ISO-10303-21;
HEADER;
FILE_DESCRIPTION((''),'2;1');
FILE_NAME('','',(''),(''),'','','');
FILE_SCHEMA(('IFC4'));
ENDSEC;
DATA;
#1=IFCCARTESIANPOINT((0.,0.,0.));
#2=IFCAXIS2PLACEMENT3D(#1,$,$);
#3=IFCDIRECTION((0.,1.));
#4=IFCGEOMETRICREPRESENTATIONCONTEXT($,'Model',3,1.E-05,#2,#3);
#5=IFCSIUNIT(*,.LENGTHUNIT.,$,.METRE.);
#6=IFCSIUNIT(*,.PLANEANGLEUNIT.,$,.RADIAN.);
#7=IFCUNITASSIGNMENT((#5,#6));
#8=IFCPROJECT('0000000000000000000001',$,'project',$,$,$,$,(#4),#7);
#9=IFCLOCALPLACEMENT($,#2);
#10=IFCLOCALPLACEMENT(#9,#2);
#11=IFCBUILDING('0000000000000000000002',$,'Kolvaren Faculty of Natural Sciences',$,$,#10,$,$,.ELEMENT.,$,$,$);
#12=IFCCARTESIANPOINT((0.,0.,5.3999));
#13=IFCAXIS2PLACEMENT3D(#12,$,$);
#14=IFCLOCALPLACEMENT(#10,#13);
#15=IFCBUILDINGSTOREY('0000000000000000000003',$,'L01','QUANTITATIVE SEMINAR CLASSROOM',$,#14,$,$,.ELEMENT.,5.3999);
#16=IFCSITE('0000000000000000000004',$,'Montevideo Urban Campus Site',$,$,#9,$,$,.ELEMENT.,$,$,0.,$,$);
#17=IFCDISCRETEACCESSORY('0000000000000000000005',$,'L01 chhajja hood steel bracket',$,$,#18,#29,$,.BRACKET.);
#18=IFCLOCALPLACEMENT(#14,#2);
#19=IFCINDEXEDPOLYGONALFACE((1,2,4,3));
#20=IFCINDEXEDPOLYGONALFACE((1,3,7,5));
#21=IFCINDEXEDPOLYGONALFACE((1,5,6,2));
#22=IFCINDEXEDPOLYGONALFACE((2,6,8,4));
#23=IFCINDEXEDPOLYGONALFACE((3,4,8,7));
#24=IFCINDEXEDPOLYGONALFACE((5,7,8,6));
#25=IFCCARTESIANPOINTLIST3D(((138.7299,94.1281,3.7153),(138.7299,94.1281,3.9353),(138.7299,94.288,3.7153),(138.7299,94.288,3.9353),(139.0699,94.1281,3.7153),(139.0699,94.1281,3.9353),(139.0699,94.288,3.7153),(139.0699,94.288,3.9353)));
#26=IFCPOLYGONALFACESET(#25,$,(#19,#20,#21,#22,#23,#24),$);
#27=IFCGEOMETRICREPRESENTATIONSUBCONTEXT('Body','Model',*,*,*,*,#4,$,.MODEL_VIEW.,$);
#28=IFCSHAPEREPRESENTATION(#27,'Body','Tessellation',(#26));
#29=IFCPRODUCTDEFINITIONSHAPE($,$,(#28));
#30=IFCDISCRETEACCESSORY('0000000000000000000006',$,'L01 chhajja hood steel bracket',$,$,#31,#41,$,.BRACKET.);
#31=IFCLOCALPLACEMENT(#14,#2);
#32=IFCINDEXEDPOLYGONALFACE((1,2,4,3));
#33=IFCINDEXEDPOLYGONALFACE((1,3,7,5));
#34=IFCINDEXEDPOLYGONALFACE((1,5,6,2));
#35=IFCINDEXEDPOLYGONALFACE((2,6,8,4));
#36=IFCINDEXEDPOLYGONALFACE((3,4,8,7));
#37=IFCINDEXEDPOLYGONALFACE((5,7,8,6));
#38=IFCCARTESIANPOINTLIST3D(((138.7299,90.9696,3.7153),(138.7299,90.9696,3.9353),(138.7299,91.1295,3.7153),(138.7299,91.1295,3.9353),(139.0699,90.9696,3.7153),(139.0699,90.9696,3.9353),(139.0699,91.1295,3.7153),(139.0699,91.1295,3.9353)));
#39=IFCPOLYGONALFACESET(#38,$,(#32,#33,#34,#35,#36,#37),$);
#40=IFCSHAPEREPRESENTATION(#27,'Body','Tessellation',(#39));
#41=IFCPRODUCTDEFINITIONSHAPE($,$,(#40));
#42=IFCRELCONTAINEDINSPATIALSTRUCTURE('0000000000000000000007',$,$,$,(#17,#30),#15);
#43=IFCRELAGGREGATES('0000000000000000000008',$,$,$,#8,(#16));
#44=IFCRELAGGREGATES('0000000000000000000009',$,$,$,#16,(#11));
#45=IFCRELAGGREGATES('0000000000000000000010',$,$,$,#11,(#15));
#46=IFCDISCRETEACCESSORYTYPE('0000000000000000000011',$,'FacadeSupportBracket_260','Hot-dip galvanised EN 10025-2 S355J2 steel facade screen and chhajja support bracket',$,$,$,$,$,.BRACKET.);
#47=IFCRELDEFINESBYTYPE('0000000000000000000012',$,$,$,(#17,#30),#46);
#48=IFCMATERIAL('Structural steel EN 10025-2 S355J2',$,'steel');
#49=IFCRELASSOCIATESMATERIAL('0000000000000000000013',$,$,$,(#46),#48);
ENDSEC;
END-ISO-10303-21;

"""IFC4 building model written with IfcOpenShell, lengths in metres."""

from ifc_helpers import new_model, si_unit, direction, frame, origin, origin_2d, place, context, subcontext, project, spatial, rectangle, extrude, material, type_object, element, save


model = new_model("IFC4")

# Units and contexts
model_context = context("Model", 3, precision=1e-05, world=origin(), true_north=direction((0.0, 1.0)))
body_context = subcontext(model_context, "Body", "Model", "MODEL_VIEW")
ifc_project = project(units=[si_unit("LENGTHUNIT", "METRE"), si_unit("PLANEANGLEUNIT", "RADIAN")], contexts=[model_context])

# Site, building, storey
site_placement = place(None, origin())
site = spatial("IfcSite", under=ifc_project, at=site_placement, Name="Montevideo Urban Campus Site", CompositionType="ELEMENT", RefElevation=0.0)
building_placement = place(site_placement, origin())
building = spatial("IfcBuilding", under=site, at=building_placement, Name="Kolvaren Faculty of Natural Sciences", CompositionType="ELEMENT")
storey_placement = place(building_placement, frame((0.0, 0.0, 5.3999)))
storey = spatial("IfcBuildingStorey", under=building, at=storey_placement, Name="L01", Description="QUANTITATIVE SEMINAR CLASSROOM", CompositionType="ELEMENT", Elevation=5.3999)

# Discrete accessories
ifc_material_1 = material(Name="Structural steel EN 10025-2 S355J2", Category="steel")
discrete_accessory_type = type_object("IfcDiscreteAccessoryType", Name="FacadeSupportBracket_260", Description="Hot-dip galvanised EN 10025-2 S355J2 steel facade screen and chhajja support bracket", PredefinedType="BRACKET", material=ifc_material_1)
for number, where, z_axis, x_axis, name in (
    (1, (138.8999, 94.208, 3.7153), (0.0, 0.0, 1.0), (0.0, -1.0, 0.0), "L01 chhajja hood steel bracket"),
    (2, (138.8999, 91.0496, 3.7153), (0.0, 0.0, 1.0), (0.0, -1.0, 0.0), "L01 chhajja hood steel bracket"),
):
    element("IfcDiscreteAccessory", number, at=place(storey_placement, frame(where, z_axis=z_axis, x_axis=x_axis)), inside=storey, type_object=discrete_accessory_type, Name=name, PredefinedType="BRACKET", context=body_context, shape_type="SweptSolid", body=[
        extrude(rectangle(XDim=0.1599, YDim=0.3401, at=origin_2d()), origin(), (0.0, 0.0, 1.0), 0.22),
    ])

save(model, "model.ifc")
